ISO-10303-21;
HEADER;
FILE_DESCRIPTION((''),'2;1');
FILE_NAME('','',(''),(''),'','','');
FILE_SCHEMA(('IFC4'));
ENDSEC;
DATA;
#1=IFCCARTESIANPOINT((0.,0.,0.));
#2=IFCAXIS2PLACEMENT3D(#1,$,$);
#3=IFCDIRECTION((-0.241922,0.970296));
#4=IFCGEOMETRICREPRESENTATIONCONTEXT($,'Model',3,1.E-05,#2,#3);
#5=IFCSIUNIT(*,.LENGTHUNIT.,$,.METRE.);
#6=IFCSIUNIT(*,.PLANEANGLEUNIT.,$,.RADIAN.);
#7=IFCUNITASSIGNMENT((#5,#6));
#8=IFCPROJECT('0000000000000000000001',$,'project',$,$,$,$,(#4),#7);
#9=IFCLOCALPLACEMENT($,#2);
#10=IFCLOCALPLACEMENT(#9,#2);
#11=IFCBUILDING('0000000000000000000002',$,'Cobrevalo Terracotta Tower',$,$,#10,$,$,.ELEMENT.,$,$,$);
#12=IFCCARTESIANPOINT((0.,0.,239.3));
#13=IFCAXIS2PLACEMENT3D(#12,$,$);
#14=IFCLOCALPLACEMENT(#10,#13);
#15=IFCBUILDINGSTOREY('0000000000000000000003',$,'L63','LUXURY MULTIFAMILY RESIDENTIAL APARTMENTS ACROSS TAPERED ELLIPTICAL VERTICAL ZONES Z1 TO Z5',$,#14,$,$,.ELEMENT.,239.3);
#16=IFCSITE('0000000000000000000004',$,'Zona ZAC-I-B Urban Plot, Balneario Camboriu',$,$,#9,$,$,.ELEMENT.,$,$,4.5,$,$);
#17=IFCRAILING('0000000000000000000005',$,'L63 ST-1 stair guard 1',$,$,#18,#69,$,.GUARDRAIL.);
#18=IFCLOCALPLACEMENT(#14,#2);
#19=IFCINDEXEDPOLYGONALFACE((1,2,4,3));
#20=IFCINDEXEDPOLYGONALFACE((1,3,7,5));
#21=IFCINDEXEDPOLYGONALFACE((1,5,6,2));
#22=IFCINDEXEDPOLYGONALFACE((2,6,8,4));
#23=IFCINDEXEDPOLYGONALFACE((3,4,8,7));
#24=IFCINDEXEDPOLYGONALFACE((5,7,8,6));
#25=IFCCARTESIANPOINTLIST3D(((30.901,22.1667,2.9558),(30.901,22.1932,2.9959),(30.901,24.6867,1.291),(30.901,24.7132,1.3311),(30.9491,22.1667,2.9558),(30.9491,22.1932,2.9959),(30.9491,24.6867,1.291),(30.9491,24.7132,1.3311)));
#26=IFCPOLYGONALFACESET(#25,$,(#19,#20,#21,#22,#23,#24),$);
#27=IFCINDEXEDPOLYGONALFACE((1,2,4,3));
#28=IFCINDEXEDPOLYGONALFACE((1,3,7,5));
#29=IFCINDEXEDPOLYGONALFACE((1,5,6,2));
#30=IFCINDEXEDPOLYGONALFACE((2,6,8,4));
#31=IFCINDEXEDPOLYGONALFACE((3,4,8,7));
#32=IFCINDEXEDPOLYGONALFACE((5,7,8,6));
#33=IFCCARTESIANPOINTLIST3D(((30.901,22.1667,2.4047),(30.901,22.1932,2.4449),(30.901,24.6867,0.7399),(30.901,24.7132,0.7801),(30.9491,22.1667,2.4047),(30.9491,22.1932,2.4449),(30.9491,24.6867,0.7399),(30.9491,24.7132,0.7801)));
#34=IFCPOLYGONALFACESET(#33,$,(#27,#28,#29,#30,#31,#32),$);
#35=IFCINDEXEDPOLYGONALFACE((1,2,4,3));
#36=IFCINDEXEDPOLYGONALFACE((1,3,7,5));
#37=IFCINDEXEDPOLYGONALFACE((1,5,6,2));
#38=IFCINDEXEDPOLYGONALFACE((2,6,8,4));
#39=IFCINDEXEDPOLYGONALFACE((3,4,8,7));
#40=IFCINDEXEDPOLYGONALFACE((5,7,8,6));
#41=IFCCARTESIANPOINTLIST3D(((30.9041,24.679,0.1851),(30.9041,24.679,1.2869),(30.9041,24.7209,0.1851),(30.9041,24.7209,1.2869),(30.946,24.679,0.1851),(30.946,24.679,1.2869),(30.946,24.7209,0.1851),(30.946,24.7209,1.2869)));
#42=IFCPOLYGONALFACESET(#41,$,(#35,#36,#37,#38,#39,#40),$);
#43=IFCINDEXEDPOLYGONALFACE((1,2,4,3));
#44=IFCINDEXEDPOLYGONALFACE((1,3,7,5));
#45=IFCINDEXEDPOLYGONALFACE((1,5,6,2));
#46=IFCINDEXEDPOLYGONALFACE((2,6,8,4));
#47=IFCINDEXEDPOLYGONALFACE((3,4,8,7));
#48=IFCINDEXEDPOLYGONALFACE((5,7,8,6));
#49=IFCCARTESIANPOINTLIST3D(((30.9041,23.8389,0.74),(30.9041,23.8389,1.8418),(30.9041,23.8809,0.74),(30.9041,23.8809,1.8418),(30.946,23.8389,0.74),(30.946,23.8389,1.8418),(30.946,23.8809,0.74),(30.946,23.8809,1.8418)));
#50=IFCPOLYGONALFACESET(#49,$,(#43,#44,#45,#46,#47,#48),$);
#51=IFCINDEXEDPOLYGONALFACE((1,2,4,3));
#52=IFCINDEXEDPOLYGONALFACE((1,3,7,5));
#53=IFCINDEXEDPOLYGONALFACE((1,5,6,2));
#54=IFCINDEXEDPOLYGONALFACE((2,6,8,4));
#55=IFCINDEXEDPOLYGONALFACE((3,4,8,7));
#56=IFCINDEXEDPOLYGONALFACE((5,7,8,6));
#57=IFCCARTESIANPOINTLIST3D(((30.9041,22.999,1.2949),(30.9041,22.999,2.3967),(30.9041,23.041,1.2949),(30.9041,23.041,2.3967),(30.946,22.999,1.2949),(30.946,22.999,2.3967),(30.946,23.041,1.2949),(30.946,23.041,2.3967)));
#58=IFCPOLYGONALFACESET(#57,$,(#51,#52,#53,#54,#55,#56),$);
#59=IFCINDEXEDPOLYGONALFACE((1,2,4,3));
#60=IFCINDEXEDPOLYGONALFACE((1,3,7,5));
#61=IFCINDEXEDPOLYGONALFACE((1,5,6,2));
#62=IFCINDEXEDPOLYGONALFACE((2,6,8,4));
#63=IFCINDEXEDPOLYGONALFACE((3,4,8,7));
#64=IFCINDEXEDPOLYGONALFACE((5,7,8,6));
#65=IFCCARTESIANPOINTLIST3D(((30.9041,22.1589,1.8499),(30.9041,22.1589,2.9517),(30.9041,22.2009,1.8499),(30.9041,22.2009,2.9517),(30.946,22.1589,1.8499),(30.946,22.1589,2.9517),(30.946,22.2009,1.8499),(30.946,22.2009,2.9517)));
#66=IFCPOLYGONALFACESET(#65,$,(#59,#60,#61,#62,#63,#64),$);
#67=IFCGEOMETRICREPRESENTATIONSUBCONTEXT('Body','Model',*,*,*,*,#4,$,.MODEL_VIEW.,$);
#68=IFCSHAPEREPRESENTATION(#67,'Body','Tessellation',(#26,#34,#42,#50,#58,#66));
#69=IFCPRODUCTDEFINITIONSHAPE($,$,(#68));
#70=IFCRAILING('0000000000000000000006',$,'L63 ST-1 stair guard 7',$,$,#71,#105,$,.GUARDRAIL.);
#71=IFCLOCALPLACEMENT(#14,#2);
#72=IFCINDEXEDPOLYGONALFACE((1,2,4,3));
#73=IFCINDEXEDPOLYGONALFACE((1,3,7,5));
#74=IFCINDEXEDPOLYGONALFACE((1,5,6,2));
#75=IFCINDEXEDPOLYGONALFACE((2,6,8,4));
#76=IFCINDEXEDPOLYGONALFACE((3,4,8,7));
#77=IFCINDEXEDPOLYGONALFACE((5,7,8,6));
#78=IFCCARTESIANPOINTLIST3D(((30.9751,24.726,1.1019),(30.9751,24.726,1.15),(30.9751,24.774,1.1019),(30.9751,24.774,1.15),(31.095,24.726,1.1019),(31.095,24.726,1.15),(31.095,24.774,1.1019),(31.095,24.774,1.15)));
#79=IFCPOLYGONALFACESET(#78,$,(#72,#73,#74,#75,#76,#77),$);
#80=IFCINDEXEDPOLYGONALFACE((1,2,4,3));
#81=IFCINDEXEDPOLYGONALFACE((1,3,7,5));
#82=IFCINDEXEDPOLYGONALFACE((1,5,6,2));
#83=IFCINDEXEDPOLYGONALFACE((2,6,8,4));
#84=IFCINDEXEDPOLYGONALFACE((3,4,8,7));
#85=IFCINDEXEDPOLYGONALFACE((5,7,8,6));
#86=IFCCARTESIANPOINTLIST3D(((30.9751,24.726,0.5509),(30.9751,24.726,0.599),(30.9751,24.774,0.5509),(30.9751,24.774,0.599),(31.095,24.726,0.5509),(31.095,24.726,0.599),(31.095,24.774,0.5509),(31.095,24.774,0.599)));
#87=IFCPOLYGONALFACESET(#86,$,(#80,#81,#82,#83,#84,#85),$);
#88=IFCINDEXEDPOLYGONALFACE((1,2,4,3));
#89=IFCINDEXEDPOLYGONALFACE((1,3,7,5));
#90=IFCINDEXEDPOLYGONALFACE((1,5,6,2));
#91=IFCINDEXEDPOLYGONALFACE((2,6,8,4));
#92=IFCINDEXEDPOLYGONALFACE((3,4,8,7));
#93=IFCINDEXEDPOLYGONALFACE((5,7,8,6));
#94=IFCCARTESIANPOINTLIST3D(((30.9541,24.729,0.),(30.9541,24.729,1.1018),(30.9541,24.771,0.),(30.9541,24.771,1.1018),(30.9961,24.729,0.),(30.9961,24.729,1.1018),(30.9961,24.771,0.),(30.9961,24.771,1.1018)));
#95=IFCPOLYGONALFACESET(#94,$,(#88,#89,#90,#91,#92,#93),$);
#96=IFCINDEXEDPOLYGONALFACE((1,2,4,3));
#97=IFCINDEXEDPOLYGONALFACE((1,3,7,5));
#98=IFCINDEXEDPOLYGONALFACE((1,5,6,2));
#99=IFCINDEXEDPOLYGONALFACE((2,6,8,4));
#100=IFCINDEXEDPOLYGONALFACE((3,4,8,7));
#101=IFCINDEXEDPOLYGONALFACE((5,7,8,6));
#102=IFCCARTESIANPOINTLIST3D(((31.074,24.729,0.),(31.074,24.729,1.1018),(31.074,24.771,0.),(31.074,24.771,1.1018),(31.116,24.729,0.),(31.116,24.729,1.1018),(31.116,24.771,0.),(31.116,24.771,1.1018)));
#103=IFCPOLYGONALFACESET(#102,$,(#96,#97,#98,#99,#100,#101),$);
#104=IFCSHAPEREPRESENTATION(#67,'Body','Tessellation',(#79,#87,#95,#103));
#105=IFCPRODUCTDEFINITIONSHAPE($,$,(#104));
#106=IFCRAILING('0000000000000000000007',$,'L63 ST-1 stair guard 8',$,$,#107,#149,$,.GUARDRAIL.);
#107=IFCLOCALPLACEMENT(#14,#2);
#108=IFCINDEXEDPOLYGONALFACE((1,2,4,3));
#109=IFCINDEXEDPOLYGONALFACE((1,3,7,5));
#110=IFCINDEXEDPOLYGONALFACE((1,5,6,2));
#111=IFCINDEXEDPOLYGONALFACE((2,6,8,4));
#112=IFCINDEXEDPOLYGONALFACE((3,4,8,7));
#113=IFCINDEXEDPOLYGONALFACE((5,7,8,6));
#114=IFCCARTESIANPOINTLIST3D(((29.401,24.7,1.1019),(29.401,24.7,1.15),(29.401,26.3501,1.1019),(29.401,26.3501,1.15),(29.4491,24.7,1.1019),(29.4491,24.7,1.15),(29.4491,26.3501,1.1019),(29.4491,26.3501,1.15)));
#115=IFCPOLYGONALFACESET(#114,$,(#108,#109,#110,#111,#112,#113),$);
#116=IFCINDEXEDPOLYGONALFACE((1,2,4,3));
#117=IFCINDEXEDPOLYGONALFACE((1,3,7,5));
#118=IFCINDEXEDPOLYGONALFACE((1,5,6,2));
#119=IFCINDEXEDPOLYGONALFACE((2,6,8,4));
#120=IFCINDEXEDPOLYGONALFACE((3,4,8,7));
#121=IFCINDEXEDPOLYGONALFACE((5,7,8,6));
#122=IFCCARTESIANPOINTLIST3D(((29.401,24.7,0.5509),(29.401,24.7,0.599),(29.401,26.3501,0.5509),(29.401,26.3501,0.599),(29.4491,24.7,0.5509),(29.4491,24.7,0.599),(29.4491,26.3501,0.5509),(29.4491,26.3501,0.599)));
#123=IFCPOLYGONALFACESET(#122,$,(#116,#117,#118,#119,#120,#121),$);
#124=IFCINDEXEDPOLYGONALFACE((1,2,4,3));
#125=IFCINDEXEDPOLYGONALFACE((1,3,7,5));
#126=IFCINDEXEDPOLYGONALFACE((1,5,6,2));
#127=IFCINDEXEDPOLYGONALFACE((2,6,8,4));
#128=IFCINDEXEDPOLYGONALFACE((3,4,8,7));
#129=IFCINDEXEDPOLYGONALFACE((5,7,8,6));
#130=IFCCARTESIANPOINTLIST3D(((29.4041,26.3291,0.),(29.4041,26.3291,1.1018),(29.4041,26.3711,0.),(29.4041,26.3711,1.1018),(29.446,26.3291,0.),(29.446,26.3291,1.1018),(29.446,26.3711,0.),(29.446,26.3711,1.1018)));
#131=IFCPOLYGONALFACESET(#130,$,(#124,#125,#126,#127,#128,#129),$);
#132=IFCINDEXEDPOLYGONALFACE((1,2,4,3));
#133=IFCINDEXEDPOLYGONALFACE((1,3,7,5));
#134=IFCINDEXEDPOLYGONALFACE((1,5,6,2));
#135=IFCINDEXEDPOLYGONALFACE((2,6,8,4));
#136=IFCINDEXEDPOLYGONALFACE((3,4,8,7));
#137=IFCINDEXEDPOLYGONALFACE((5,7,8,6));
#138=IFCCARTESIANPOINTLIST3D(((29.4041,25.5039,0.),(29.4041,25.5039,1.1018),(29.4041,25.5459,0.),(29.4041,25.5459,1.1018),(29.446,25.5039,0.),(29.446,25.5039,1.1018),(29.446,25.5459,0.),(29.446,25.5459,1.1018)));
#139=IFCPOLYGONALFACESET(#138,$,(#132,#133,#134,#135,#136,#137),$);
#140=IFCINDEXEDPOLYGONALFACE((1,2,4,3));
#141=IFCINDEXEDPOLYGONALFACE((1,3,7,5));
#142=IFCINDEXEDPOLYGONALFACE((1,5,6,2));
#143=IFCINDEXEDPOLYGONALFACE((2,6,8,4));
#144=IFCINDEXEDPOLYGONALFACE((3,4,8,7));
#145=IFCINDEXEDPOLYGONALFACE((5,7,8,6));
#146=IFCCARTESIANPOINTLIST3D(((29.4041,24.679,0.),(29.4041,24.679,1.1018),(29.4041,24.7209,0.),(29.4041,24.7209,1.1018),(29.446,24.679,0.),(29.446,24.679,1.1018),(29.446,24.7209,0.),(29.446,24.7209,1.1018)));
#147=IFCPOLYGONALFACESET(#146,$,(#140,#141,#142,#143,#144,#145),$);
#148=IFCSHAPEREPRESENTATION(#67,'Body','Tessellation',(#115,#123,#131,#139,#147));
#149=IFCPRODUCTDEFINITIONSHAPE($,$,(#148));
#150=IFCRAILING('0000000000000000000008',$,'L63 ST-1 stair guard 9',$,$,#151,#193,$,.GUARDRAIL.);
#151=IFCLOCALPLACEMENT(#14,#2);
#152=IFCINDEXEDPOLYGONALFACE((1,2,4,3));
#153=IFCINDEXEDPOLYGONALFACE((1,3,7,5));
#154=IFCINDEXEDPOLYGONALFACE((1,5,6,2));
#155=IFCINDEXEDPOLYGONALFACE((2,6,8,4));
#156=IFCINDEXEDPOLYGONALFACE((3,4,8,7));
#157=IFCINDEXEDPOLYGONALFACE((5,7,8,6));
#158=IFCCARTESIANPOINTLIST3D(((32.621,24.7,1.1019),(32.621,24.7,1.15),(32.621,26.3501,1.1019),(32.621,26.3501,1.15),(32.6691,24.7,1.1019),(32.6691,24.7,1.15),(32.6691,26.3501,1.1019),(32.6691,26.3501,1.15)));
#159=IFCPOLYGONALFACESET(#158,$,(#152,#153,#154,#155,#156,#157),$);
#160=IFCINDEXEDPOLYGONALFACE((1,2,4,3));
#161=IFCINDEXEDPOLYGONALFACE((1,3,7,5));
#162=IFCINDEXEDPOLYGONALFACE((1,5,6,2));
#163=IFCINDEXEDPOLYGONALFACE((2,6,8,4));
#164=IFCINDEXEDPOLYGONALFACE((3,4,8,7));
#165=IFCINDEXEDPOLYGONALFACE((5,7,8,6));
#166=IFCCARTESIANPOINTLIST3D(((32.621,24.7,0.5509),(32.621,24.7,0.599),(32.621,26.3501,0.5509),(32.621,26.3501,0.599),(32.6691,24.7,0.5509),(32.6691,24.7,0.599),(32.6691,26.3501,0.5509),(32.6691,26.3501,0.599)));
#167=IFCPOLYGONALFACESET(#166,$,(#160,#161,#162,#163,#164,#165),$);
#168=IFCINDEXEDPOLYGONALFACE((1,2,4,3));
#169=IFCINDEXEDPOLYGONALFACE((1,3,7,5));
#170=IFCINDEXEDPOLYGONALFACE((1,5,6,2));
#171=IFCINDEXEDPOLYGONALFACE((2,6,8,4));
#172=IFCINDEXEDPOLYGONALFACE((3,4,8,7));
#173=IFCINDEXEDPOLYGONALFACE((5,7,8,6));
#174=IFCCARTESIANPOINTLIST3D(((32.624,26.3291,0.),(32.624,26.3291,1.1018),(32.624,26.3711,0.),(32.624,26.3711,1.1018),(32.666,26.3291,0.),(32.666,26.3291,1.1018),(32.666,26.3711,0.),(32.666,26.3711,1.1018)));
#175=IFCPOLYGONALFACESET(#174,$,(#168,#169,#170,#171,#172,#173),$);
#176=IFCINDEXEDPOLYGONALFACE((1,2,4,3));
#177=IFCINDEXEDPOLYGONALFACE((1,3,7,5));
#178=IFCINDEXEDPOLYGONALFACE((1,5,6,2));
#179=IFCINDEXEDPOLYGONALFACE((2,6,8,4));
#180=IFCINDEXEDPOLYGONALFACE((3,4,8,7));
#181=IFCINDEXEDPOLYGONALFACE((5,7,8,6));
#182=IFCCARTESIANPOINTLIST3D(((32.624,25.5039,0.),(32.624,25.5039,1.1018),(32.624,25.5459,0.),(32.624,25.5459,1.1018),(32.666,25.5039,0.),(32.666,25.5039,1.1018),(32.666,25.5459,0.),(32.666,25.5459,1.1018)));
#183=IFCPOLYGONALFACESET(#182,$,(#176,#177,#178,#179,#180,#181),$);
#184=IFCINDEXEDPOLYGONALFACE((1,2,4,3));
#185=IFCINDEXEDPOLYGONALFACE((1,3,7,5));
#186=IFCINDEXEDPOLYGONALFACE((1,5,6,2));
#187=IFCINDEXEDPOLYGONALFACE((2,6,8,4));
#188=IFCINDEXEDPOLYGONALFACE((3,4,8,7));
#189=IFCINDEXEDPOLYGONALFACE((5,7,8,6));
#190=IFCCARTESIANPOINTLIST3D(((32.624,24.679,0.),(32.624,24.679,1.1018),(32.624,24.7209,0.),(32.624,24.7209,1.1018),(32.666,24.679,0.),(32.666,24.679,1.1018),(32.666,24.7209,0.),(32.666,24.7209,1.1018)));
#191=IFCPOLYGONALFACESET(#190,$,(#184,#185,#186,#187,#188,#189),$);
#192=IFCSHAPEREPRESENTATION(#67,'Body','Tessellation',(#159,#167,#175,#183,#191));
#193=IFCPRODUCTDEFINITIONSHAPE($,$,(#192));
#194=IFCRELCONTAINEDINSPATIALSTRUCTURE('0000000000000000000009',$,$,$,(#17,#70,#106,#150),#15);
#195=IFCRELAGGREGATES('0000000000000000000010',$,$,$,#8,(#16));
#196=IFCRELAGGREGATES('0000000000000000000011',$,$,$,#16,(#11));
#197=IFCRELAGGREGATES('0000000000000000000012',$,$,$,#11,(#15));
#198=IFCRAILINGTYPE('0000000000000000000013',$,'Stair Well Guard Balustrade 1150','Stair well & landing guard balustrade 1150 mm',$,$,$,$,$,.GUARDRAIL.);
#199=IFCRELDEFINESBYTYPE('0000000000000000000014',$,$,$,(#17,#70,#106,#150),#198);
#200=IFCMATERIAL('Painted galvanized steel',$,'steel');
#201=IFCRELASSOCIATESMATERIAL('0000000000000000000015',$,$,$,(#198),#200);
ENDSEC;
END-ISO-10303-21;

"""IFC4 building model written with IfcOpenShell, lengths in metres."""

from ifc_helpers import new_model, si_unit, direction, frame, origin, origin_2d, place, context, subcontext, project, spatial, rectangle, extrude, material, type_object, element, save


model = new_model("IFC4")

# Units and contexts
model_context = context("Model", 3, precision=1e-05, world=origin(), true_north=direction((-0.241922, 0.970296)))
body_context = subcontext(model_context, "Body", "Model", "MODEL_VIEW")
ifc_project = project(units=[si_unit("LENGTHUNIT", "METRE"), si_unit("PLANEANGLEUNIT", "RADIAN")], contexts=[model_context])

# Site, building, storey
site_placement = place(None, origin())
site = spatial("IfcSite", under=ifc_project, at=site_placement, Name="Zona ZAC-I-B Urban Plot, Balneario Camboriu", CompositionType="ELEMENT", RefElevation=4.5)
building_placement = place(site_placement, origin())
building = spatial("IfcBuilding", under=site, at=building_placement, Name="Cobrevalo Terracotta Tower", CompositionType="ELEMENT")
storey_placement = place(building_placement, frame((0.0, 0.0, 239.3)))
storey = spatial("IfcBuildingStorey", under=building, at=storey_placement, Name="L63", Description="LUXURY MULTIFAMILY RESIDENTIAL APARTMENTS ACROSS TAPERED ELLIPTICAL VERTICAL ZONES Z1 TO Z5", CompositionType="ELEMENT", Elevation=239.3)

# Railings
ifc_material_1 = material(Name="Painted galvanized steel", Category="steel")
railing_type_1 = type_object("IfcRailingType", Name="Stair Well Guard Balustrade 1150", Description="Stair well & landing guard balustrade 1150 mm", PredefinedType="GUARDRAIL", material=ifc_material_1)
railing_1_placement = place(storey_placement, frame((30.925, 24.7, 0.1851)))
element("IfcRailing", 1, at=railing_1_placement, inside=storey, type_object=railing_type_1, Name="L63 ST-1 stair guard 1", PredefinedType="GUARDRAIL", context=body_context, shape_type="SweptSolid", body=[
    extrude(rectangle(XDim=0.0481, YDim=0.0481, at=origin_2d()), frame((0.0, 0.0, 1.126), z_axis=(0.0, -0.834369, 0.551207), x_axis=(1.0, 0.0, 0.0)), (0.0, 0.0, 1.0), 3.0203),
    extrude(rectangle(XDim=0.0481, YDim=0.0481, at=origin_2d()), frame((0.0, 0.0, 0.575), z_axis=(0.0, -0.834369, 0.551207), x_axis=(1.0, 0.0, 0.0)), (0.0, 0.0, 1.0), 3.0203),
    extrude(rectangle(XDim=0.042, YDim=0.042, at=origin_2d()), origin(), (0.0, 0.0, 1.0), 1.1018),
    extrude(rectangle(XDim=0.042, YDim=0.042, at=origin_2d()), frame((0.0, -0.8401, 0.5549)), (0.0, 0.0, 1.0), 1.1018),
    extrude(rectangle(XDim=0.042, YDim=0.042, at=origin_2d()), frame((0.0, -1.6799, 1.1099)), (0.0, 0.0, 1.0), 1.1018),
    extrude(rectangle(XDim=0.042, YDim=0.042, at=origin_2d()), frame((0.0, -2.52, 1.6648)), (0.0, 0.0, 1.0), 1.1018),
])
railing_2_placement = place(storey_placement, frame((30.9751, 24.75, 0.0)))
element("IfcRailing", 2, at=railing_2_placement, inside=storey, type_object=railing_type_1, Name="L63 ST-1 stair guard 7", PredefinedType="GUARDRAIL", context=body_context, shape_type="SweptSolid", body=[
    extrude(rectangle(XDim=0.0481, YDim=0.0481, at=origin_2d()), frame((0.0, 0.0, 1.126), z_axis=(1.0, 0.0, 0.0), x_axis=(0.0, 1.0, 0.0)), (0.0, 0.0, 1.0), 0.1199),
    extrude(rectangle(XDim=0.0481, YDim=0.0481, at=origin_2d()), frame((0.0, 0.0, 0.575), z_axis=(1.0, 0.0, 0.0), x_axis=(0.0, 1.0, 0.0)), (0.0, 0.0, 1.0), 0.1199),
    extrude(rectangle(XDim=0.042, YDim=0.042, at=origin_2d()), origin(), (0.0, 0.0, 1.0), 1.1018),
    extrude(rectangle(XDim=0.042, YDim=0.042, at=origin_2d()), frame((0.1199, 0.0, 0.0)), (0.0, 0.0, 1.0), 1.1018),
])
for number, where, name in (
    (3, (29.425, 26.3501, 0.0), "L63 ST-1 stair guard 8"),
    (4, (32.645, 26.3501, 0.0), "L63 ST-1 stair guard 9"),
):
    element("IfcRailing", number, at=place(storey_placement, frame(where)), inside=storey, type_object=railing_type_1, Name=name, PredefinedType="GUARDRAIL", context=body_context, shape_type="SweptSolid", body=[
        extrude(rectangle(XDim=0.0481, YDim=0.0481, at=origin_2d()), frame((0.0, 0.0, 1.126), z_axis=(0.0, -1.0, 0.0), x_axis=(1.0, 0.0, 0.0)), (0.0, 0.0, 1.0), 1.6501),
        extrude(rectangle(XDim=0.0481, YDim=0.0481, at=origin_2d()), frame((0.0, 0.0, 0.575), z_axis=(0.0, -1.0, 0.0), x_axis=(1.0, 0.0, 0.0)), (0.0, 0.0, 1.0), 1.6501),
        extrude(rectangle(XDim=0.042, YDim=0.042, at=origin_2d()), origin(), (0.0, 0.0, 1.0), 1.1018),
        extrude(rectangle(XDim=0.042, YDim=0.042, at=origin_2d()), frame((0.0, -0.8252, 0.0)), (0.0, 0.0, 1.0), 1.1018),
        extrude(rectangle(XDim=0.042, YDim=0.042, at=origin_2d()), frame((0.0, -1.6501, 0.0)), (0.0, 0.0, 1.0), 1.1018),
    ])

save(model, "model.ifc")
